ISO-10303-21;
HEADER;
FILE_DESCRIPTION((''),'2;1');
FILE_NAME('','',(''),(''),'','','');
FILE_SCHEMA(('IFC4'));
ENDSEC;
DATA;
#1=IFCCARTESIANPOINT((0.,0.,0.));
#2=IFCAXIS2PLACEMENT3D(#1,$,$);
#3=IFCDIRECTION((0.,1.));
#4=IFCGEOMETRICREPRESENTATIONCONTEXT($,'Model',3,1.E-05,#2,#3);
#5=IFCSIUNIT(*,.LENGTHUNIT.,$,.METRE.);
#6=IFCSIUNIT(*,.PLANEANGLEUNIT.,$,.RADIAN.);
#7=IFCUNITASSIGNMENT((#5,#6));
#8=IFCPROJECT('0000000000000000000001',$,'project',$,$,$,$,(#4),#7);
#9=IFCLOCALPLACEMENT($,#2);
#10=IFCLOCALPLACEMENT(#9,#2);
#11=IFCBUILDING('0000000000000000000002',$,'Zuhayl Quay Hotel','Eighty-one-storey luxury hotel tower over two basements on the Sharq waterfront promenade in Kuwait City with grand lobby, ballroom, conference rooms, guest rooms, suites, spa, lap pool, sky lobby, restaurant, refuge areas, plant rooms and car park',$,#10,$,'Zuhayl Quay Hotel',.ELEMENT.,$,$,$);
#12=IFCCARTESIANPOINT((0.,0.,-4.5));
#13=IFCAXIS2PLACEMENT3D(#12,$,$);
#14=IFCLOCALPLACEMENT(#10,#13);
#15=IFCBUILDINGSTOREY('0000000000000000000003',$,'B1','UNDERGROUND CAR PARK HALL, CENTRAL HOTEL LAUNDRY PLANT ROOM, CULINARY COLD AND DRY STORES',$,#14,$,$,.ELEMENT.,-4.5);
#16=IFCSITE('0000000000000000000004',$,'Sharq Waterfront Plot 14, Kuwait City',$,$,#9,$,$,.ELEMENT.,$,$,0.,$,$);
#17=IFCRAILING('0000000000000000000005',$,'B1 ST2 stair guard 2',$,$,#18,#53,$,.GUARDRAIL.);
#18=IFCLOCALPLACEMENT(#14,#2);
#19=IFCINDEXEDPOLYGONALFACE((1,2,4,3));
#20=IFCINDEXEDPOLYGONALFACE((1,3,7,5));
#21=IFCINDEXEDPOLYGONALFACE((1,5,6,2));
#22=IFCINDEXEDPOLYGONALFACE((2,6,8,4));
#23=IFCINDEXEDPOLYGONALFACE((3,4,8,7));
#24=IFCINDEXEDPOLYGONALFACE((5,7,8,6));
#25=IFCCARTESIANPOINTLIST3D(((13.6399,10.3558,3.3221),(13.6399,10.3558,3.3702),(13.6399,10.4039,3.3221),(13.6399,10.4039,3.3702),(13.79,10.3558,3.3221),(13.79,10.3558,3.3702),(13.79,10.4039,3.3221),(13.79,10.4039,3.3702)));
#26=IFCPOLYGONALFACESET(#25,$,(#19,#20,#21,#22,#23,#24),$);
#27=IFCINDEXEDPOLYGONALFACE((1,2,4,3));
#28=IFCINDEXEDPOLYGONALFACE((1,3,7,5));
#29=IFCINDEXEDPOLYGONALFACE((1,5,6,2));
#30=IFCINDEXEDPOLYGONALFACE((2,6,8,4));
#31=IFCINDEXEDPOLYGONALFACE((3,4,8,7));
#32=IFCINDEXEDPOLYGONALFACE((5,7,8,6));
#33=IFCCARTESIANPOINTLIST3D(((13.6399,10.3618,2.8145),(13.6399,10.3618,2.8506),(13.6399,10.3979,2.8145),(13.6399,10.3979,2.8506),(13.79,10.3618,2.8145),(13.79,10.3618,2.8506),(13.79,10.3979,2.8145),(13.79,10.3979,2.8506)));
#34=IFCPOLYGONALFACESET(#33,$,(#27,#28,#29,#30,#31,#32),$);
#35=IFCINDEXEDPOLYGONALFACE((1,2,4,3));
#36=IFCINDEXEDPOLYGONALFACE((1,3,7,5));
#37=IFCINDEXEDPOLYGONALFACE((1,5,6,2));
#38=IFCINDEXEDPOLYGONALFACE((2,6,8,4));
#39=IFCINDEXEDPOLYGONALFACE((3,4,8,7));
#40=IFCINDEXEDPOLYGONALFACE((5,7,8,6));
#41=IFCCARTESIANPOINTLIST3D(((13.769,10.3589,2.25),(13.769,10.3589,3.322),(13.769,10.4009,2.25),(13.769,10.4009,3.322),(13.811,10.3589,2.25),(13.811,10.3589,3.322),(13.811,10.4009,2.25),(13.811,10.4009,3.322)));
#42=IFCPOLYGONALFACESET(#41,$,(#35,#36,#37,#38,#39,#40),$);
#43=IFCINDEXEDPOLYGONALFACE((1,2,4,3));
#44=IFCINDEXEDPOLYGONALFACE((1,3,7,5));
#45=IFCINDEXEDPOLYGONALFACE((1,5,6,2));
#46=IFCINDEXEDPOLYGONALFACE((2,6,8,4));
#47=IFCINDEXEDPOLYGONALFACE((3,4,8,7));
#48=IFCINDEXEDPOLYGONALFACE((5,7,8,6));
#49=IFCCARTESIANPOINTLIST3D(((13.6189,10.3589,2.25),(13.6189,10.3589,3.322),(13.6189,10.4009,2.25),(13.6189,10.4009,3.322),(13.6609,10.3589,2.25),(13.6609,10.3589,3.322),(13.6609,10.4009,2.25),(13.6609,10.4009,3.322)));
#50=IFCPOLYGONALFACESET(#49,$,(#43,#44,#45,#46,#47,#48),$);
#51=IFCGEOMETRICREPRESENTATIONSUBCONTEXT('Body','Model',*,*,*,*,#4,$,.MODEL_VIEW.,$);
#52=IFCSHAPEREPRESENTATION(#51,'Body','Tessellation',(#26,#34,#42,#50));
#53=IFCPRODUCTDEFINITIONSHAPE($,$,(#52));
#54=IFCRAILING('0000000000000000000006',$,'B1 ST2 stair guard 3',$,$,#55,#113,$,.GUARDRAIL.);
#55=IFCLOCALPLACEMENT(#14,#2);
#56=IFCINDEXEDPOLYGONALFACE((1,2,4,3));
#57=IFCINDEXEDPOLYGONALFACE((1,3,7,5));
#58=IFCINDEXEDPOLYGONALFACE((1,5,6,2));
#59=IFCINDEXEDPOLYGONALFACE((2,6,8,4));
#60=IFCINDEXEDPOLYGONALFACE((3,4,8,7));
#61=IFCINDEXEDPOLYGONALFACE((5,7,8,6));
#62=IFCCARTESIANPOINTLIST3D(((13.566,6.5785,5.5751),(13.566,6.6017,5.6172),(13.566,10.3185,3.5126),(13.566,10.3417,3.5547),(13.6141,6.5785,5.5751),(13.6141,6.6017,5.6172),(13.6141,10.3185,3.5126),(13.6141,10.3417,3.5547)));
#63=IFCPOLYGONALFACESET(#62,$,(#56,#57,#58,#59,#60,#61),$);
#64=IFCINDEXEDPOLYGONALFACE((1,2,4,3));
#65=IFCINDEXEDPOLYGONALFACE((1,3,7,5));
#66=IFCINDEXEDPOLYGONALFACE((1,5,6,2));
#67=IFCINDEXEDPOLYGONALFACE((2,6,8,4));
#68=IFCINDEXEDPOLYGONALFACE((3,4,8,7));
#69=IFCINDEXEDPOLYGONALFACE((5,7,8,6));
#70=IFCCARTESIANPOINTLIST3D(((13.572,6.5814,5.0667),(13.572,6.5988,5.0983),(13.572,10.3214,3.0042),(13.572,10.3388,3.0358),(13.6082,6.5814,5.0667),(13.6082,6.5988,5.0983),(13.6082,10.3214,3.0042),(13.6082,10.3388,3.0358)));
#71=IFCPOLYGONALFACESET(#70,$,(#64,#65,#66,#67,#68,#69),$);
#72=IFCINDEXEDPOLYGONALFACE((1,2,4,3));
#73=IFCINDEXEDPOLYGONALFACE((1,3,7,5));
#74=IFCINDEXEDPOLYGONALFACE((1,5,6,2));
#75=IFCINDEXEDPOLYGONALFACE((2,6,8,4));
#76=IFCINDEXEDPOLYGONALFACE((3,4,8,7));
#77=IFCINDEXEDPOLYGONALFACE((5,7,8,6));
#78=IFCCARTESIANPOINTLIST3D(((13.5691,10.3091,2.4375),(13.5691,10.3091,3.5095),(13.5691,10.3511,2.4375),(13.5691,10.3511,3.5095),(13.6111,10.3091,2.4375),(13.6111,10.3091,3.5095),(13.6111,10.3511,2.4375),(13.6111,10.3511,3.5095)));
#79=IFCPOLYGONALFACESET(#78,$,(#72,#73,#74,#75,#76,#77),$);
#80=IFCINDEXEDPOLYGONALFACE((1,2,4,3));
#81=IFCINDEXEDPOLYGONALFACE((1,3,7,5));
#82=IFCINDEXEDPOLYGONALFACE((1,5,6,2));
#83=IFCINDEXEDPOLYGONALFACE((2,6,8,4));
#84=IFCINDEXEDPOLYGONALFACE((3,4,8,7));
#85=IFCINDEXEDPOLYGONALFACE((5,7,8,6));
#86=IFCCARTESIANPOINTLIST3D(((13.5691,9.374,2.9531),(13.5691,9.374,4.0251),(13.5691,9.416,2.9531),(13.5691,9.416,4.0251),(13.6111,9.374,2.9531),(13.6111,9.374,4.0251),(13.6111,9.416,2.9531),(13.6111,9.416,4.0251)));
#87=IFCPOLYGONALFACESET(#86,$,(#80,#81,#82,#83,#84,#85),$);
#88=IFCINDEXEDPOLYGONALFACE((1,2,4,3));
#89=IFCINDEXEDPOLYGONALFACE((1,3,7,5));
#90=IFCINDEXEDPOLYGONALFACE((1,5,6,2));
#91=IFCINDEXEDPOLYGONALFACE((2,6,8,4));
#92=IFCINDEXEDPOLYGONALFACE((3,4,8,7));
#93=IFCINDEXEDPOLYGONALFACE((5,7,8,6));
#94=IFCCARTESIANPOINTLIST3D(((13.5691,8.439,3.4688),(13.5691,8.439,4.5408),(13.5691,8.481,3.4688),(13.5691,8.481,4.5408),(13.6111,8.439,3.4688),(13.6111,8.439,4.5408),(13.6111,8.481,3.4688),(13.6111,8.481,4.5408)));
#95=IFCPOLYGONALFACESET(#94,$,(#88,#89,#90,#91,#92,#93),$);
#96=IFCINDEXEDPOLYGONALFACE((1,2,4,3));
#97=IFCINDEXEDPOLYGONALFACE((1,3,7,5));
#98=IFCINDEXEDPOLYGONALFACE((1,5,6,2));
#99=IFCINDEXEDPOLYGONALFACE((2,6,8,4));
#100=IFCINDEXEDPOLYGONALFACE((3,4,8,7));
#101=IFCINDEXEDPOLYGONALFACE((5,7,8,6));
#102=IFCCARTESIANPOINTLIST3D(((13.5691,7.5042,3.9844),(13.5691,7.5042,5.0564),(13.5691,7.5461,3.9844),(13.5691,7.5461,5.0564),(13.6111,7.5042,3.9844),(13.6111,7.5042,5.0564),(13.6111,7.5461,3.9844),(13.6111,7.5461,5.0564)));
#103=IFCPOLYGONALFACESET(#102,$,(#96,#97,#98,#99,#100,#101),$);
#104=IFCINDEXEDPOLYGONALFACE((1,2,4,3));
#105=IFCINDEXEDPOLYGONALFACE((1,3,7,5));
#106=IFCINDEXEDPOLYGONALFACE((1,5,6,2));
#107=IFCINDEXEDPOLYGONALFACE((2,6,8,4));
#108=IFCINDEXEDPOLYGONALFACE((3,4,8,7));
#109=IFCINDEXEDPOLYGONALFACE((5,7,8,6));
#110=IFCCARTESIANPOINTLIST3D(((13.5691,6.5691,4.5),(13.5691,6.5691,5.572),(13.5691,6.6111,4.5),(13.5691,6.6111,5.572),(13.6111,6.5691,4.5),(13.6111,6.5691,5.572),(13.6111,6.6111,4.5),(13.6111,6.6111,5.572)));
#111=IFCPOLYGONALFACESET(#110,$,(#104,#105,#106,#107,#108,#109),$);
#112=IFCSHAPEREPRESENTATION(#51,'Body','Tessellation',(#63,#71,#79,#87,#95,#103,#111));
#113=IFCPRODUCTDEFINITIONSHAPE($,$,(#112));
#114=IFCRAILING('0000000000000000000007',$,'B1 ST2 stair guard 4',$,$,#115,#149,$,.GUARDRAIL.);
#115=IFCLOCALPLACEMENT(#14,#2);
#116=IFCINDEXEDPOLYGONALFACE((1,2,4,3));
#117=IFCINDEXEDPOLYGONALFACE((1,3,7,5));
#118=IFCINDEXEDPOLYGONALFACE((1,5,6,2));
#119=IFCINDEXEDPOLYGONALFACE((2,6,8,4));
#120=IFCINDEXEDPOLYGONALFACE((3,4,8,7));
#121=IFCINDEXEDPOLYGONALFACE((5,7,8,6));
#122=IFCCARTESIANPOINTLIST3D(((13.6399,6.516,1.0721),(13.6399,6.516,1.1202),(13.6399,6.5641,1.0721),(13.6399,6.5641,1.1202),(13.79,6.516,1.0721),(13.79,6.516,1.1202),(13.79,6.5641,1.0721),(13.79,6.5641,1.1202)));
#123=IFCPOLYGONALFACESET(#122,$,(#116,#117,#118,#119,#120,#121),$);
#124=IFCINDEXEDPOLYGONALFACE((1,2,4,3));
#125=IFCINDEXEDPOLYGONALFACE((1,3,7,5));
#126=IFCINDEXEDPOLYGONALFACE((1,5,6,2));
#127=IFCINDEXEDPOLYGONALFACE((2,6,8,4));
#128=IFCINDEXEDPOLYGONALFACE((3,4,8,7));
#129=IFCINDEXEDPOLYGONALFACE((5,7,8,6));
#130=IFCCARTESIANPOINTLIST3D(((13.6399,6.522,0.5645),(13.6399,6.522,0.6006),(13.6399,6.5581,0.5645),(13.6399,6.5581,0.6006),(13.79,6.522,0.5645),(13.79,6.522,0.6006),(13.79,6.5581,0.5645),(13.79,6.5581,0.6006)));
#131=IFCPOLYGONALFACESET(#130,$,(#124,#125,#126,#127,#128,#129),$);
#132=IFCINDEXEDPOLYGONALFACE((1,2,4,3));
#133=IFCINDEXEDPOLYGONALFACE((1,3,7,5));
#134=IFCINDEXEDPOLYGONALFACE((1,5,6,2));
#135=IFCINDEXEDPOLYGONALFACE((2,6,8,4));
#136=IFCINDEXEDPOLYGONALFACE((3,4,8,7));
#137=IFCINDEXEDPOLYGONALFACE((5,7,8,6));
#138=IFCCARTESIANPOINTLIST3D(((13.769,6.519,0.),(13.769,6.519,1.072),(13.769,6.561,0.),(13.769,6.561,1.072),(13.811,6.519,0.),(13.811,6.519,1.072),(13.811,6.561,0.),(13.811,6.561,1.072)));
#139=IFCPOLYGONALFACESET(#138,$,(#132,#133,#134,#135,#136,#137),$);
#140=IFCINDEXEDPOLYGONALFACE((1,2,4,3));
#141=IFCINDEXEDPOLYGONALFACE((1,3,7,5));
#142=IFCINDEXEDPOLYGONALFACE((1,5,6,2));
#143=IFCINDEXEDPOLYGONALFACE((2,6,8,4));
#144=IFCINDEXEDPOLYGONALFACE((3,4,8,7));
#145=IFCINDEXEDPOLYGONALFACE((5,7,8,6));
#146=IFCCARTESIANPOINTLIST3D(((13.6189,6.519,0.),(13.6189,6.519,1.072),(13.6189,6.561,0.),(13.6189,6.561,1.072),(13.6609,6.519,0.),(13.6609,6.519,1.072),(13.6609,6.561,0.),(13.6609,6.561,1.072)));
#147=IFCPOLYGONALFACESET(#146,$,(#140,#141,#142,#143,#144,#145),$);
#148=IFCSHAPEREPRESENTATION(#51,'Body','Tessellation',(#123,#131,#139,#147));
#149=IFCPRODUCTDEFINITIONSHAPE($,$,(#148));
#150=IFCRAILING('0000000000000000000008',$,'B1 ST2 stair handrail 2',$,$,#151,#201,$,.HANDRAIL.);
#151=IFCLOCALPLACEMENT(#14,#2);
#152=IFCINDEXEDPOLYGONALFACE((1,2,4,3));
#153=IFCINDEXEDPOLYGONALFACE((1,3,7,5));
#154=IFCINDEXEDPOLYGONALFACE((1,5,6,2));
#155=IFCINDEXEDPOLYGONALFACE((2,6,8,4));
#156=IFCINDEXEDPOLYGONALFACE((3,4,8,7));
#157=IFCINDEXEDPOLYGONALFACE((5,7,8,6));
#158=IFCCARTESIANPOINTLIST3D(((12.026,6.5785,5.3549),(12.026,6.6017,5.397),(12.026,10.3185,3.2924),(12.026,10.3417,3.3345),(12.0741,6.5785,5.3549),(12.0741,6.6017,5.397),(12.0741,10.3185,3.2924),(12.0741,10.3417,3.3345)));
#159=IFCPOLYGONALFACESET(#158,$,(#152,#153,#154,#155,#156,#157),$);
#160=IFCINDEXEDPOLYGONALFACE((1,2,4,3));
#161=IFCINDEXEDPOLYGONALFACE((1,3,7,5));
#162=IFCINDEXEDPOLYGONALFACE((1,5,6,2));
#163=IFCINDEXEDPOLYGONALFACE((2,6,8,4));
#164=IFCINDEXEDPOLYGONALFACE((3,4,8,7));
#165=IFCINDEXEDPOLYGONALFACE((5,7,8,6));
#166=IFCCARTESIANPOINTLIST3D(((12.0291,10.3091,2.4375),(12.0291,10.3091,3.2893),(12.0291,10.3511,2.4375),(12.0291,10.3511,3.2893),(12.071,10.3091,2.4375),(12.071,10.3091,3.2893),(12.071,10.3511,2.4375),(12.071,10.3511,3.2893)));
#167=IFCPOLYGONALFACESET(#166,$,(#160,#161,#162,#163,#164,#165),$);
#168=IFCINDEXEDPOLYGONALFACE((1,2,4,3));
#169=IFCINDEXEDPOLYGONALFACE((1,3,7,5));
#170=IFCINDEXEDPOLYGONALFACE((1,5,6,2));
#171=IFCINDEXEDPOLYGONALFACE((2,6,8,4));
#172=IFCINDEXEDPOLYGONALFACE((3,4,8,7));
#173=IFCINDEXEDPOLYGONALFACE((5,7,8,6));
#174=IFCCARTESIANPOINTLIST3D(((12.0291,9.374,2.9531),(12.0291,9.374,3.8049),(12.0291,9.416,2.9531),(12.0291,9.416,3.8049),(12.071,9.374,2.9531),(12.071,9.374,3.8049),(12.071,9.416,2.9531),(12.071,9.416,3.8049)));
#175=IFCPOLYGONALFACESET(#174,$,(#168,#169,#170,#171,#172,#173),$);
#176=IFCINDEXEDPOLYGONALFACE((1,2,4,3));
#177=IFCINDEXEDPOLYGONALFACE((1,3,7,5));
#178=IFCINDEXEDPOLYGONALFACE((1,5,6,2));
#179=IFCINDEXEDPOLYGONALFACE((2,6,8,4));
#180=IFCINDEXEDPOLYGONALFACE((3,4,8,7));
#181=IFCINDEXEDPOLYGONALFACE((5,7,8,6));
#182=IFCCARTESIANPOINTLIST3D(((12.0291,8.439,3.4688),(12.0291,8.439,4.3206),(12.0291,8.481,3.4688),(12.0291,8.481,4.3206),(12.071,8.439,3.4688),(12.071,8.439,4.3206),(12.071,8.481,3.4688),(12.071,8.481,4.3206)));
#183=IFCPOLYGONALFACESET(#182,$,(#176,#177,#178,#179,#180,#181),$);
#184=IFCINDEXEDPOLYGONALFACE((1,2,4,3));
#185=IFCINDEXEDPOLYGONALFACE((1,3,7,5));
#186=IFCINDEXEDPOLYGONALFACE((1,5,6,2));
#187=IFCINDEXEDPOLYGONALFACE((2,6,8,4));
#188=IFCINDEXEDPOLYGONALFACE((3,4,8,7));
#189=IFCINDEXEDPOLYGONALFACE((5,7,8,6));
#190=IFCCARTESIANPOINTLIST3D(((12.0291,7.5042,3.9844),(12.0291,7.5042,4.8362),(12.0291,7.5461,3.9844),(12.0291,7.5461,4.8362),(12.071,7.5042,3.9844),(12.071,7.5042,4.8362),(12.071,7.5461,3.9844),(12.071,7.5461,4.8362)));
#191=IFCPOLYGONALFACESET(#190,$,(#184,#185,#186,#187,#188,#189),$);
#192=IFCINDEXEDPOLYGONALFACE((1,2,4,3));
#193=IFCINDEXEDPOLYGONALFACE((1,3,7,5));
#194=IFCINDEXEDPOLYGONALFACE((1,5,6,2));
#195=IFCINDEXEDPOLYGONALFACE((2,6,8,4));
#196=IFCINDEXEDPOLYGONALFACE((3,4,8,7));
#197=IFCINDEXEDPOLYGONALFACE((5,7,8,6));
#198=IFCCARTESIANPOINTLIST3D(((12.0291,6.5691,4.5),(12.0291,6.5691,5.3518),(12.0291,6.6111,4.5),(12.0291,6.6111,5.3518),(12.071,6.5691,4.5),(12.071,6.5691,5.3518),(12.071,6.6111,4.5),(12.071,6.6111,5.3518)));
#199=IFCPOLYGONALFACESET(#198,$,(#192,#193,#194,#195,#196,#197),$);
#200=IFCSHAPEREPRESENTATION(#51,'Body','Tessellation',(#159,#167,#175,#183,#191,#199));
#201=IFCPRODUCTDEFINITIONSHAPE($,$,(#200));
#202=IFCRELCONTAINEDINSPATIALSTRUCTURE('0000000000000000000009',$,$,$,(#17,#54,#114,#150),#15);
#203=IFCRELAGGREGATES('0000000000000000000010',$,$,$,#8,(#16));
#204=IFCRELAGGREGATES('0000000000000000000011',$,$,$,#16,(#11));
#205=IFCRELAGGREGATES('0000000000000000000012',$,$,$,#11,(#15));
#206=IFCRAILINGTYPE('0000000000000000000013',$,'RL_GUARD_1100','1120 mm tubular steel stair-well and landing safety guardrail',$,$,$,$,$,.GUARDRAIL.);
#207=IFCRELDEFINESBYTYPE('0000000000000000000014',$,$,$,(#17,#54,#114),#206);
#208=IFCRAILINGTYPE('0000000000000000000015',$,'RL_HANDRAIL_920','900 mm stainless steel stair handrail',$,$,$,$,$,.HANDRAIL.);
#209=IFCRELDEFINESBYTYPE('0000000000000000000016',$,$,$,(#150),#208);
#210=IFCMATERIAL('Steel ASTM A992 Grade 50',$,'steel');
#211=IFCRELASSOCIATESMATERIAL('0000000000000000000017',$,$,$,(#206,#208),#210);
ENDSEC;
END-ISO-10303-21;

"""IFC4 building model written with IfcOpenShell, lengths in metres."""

from ifc_helpers import new_model, si_unit, direction, frame, origin, origin_2d, place, context, subcontext, project, spatial, rectangle, extrude, material, type_object, element, save


model = new_model("IFC4")

# Units and contexts
model_context = context("Model", 3, precision=1e-05, world=origin(), true_north=direction((0.0, 1.0)))
body_context = subcontext(model_context, "Body", "Model", "MODEL_VIEW")
ifc_project = project(units=[si_unit("LENGTHUNIT", "METRE"), si_unit("PLANEANGLEUNIT", "RADIAN")], contexts=[model_context])

# Site, building, storey
site_placement = place(None, origin())
site = spatial("IfcSite", under=ifc_project, at=site_placement, Name="Sharq Waterfront Plot 14, Kuwait City", CompositionType="ELEMENT", RefElevation=0.0)
building_placement = place(site_placement, origin())
building = spatial("IfcBuilding", under=site, at=building_placement, Name="Zuhayl Quay Hotel", Description="Eighty-one-storey luxury hotel tower over two basements on the Sharq waterfront promenade in Kuwait City with grand lobby, ballroom, conference rooms, guest rooms, suites, spa, lap pool, sky lobby, restaurant, refuge areas, plant rooms and car park", LongName="Zuhayl Quay Hotel", CompositionType="ELEMENT")
storey_placement = place(building_placement, frame((0.0, 0.0, -4.5)))
storey = spatial("IfcBuildingStorey", under=building, at=storey_placement, Name="B1", Description="UNDERGROUND CAR PARK HALL, CENTRAL HOTEL LAUNDRY PLANT ROOM, CULINARY COLD AND DRY STORES", CompositionType="ELEMENT", Elevation=-4.5)

# Railings
ifc_material_1 = material(Name="Steel ASTM A992 Grade 50", Category="steel")
railing_type_1 = type_object("IfcRailingType", Name="RL_GUARD_1100", Description="1120 mm tubular steel stair-well and landing safety guardrail", PredefinedType="GUARDRAIL", material=ifc_material_1)
railing_1_placement = place(storey_placement, frame((13.79, 10.3799, 2.25)))
element("IfcRailing", 1, at=railing_1_placement, inside=storey, type_object=railing_type_1, Name="B1 ST2 stair guard 2", PredefinedType="GUARDRAIL", context=body_context, shape_type="SweptSolid", body=[
    extrude(rectangle(XDim=0.0481, YDim=0.0481, at=origin_2d()), frame((0.0, 0.0, 1.0962), z_axis=(-1.0, 0.0, 0.0), x_axis=(0.0, -1.0, 0.0)), (0.0, 0.0, 1.0), 0.1501),
    extrude(rectangle(XDim=0.0361, YDim=0.0361, at=origin_2d()), frame((0.0, 0.0, 0.5825), z_axis=(-1.0, 0.0, 0.0), x_axis=(0.0, -1.0, 0.0)), (0.0, 0.0, 1.0), 0.1501),
    extrude(rectangle(XDim=0.042, YDim=0.042, at=origin_2d()), origin(), (0.0, 0.0, 1.0), 1.072),
    extrude(rectangle(XDim=0.042, YDim=0.042, at=origin_2d()), frame((-0.1501, 0.0, 0.0)), (0.0, 0.0, 1.0), 1.072),
])
railing_2_placement = place(storey_placement, frame((13.5901, 10.3301, 2.4375)))
element("IfcRailing", 2, at=railing_2_placement, inside=storey, type_object=railing_type_1, Name="B1 ST2 stair guard 3", PredefinedType="GUARDRAIL", context=body_context, shape_type="SweptSolid", body=[
    extrude(rectangle(XDim=0.0481, YDim=0.0481, at=origin_2d()), frame((0.0, 0.0, 1.0962), z_axis=(0.0, -0.875671, 0.482908), x_axis=(1.0, 0.0, 0.0)), (0.0, 0.0, 1.0), 4.271),
    extrude(rectangle(XDim=0.0361, YDim=0.0361, at=origin_2d()), frame((0.0, 0.0, 0.5825), z_axis=(0.0, -0.875671, 0.482908), x_axis=(1.0, 0.0, 0.0)), (0.0, 0.0, 1.0), 4.271),
    extrude(rectangle(XDim=0.042, YDim=0.042, at=origin_2d()), origin(), (0.0, 0.0, 1.0), 1.072),
    extrude(rectangle(XDim=0.042, YDim=0.042, at=origin_2d()), frame((0.0, -0.9351, 0.5156)), (0.0, 0.0, 1.0), 1.072),
    extrude(rectangle(XDim=0.042, YDim=0.042, at=origin_2d()), frame((0.0, -1.8701, 1.0312)), (0.0, 0.0, 1.0), 1.072),
    extrude(rectangle(XDim=0.042, YDim=0.042, at=origin_2d()), frame((0.0, -2.8049, 1.5469)), (0.0, 0.0, 1.0), 1.072),
    extrude(rectangle(XDim=0.042, YDim=0.042, at=origin_2d()), frame((0.0, -3.74, 2.0625)), (0.0, 0.0, 1.0), 1.072),
])
railing_3_placement = place(storey_placement, frame((13.79, 6.54, 0.0)))
element("IfcRailing", 3, at=railing_3_placement, inside=storey, type_object=railing_type_1, Name="B1 ST2 stair guard 4", PredefinedType="GUARDRAIL", context=body_context, shape_type="SweptSolid", body=[
    extrude(rectangle(XDim=0.0481, YDim=0.0481, at=origin_2d()), frame((0.0, 0.0, 1.0962), z_axis=(-1.0, 0.0, 0.0), x_axis=(0.0, -1.0, 0.0)), (0.0, 0.0, 1.0), 0.1501),
    extrude(rectangle(XDim=0.0361, YDim=0.0361, at=origin_2d()), frame((0.0, 0.0, 0.5825), z_axis=(-1.0, 0.0, 0.0), x_axis=(0.0, -1.0, 0.0)), (0.0, 0.0, 1.0), 0.1501),
    extrude(rectangle(XDim=0.042, YDim=0.042, at=origin_2d()), origin(), (0.0, 0.0, 1.0), 1.072),
    extrude(rectangle(XDim=0.042, YDim=0.042, at=origin_2d()), frame((-0.1501, 0.0, 0.0)), (0.0, 0.0, 1.0), 1.072),
])
railing_type_2 = type_object("IfcRailingType", Name="RL_HANDRAIL_920", Description="900 mm stainless steel stair handrail", PredefinedType="HANDRAIL", material=ifc_material_1)
railing_4_placement = place(storey_placement, frame((12.05, 10.3301, 2.4375)))
element("IfcRailing", 4, at=railing_4_placement, inside=storey, type_object=railing_type_2, Name="B1 ST2 stair handrail 2", PredefinedType="HANDRAIL", context=body_context, shape_type="SweptSolid", body=[
    extrude(rectangle(XDim=0.0481, YDim=0.0481, at=origin_2d()), frame((0.0, 0.0, 0.876), z_axis=(0.0, -0.875671, 0.482908), x_axis=(1.0, 0.0, 0.0)), (0.0, 0.0, 1.0), 4.271),
    extrude(rectangle(XDim=0.042, YDim=0.042, at=origin_2d()), origin(), (0.0, 0.0, 1.0), 0.8518),
    extrude(rectangle(XDim=0.042, YDim=0.042, at=origin_2d()), frame((0.0, -0.9351, 0.5156)), (0.0, 0.0, 1.0), 0.8518),
    extrude(rectangle(XDim=0.042, YDim=0.042, at=origin_2d()), frame((0.0, -1.8701, 1.0312)), (0.0, 0.0, 1.0), 0.8518),
    extrude(rectangle(XDim=0.042, YDim=0.042, at=origin_2d()), frame((0.0, -2.8049, 1.5469)), (0.0, 0.0, 1.0), 0.8518),
    extrude(rectangle(XDim=0.042, YDim=0.042, at=origin_2d()), frame((0.0, -3.74, 2.0625)), (0.0, 0.0, 1.0), 0.8518),
])

save(model, "model.ifc")
